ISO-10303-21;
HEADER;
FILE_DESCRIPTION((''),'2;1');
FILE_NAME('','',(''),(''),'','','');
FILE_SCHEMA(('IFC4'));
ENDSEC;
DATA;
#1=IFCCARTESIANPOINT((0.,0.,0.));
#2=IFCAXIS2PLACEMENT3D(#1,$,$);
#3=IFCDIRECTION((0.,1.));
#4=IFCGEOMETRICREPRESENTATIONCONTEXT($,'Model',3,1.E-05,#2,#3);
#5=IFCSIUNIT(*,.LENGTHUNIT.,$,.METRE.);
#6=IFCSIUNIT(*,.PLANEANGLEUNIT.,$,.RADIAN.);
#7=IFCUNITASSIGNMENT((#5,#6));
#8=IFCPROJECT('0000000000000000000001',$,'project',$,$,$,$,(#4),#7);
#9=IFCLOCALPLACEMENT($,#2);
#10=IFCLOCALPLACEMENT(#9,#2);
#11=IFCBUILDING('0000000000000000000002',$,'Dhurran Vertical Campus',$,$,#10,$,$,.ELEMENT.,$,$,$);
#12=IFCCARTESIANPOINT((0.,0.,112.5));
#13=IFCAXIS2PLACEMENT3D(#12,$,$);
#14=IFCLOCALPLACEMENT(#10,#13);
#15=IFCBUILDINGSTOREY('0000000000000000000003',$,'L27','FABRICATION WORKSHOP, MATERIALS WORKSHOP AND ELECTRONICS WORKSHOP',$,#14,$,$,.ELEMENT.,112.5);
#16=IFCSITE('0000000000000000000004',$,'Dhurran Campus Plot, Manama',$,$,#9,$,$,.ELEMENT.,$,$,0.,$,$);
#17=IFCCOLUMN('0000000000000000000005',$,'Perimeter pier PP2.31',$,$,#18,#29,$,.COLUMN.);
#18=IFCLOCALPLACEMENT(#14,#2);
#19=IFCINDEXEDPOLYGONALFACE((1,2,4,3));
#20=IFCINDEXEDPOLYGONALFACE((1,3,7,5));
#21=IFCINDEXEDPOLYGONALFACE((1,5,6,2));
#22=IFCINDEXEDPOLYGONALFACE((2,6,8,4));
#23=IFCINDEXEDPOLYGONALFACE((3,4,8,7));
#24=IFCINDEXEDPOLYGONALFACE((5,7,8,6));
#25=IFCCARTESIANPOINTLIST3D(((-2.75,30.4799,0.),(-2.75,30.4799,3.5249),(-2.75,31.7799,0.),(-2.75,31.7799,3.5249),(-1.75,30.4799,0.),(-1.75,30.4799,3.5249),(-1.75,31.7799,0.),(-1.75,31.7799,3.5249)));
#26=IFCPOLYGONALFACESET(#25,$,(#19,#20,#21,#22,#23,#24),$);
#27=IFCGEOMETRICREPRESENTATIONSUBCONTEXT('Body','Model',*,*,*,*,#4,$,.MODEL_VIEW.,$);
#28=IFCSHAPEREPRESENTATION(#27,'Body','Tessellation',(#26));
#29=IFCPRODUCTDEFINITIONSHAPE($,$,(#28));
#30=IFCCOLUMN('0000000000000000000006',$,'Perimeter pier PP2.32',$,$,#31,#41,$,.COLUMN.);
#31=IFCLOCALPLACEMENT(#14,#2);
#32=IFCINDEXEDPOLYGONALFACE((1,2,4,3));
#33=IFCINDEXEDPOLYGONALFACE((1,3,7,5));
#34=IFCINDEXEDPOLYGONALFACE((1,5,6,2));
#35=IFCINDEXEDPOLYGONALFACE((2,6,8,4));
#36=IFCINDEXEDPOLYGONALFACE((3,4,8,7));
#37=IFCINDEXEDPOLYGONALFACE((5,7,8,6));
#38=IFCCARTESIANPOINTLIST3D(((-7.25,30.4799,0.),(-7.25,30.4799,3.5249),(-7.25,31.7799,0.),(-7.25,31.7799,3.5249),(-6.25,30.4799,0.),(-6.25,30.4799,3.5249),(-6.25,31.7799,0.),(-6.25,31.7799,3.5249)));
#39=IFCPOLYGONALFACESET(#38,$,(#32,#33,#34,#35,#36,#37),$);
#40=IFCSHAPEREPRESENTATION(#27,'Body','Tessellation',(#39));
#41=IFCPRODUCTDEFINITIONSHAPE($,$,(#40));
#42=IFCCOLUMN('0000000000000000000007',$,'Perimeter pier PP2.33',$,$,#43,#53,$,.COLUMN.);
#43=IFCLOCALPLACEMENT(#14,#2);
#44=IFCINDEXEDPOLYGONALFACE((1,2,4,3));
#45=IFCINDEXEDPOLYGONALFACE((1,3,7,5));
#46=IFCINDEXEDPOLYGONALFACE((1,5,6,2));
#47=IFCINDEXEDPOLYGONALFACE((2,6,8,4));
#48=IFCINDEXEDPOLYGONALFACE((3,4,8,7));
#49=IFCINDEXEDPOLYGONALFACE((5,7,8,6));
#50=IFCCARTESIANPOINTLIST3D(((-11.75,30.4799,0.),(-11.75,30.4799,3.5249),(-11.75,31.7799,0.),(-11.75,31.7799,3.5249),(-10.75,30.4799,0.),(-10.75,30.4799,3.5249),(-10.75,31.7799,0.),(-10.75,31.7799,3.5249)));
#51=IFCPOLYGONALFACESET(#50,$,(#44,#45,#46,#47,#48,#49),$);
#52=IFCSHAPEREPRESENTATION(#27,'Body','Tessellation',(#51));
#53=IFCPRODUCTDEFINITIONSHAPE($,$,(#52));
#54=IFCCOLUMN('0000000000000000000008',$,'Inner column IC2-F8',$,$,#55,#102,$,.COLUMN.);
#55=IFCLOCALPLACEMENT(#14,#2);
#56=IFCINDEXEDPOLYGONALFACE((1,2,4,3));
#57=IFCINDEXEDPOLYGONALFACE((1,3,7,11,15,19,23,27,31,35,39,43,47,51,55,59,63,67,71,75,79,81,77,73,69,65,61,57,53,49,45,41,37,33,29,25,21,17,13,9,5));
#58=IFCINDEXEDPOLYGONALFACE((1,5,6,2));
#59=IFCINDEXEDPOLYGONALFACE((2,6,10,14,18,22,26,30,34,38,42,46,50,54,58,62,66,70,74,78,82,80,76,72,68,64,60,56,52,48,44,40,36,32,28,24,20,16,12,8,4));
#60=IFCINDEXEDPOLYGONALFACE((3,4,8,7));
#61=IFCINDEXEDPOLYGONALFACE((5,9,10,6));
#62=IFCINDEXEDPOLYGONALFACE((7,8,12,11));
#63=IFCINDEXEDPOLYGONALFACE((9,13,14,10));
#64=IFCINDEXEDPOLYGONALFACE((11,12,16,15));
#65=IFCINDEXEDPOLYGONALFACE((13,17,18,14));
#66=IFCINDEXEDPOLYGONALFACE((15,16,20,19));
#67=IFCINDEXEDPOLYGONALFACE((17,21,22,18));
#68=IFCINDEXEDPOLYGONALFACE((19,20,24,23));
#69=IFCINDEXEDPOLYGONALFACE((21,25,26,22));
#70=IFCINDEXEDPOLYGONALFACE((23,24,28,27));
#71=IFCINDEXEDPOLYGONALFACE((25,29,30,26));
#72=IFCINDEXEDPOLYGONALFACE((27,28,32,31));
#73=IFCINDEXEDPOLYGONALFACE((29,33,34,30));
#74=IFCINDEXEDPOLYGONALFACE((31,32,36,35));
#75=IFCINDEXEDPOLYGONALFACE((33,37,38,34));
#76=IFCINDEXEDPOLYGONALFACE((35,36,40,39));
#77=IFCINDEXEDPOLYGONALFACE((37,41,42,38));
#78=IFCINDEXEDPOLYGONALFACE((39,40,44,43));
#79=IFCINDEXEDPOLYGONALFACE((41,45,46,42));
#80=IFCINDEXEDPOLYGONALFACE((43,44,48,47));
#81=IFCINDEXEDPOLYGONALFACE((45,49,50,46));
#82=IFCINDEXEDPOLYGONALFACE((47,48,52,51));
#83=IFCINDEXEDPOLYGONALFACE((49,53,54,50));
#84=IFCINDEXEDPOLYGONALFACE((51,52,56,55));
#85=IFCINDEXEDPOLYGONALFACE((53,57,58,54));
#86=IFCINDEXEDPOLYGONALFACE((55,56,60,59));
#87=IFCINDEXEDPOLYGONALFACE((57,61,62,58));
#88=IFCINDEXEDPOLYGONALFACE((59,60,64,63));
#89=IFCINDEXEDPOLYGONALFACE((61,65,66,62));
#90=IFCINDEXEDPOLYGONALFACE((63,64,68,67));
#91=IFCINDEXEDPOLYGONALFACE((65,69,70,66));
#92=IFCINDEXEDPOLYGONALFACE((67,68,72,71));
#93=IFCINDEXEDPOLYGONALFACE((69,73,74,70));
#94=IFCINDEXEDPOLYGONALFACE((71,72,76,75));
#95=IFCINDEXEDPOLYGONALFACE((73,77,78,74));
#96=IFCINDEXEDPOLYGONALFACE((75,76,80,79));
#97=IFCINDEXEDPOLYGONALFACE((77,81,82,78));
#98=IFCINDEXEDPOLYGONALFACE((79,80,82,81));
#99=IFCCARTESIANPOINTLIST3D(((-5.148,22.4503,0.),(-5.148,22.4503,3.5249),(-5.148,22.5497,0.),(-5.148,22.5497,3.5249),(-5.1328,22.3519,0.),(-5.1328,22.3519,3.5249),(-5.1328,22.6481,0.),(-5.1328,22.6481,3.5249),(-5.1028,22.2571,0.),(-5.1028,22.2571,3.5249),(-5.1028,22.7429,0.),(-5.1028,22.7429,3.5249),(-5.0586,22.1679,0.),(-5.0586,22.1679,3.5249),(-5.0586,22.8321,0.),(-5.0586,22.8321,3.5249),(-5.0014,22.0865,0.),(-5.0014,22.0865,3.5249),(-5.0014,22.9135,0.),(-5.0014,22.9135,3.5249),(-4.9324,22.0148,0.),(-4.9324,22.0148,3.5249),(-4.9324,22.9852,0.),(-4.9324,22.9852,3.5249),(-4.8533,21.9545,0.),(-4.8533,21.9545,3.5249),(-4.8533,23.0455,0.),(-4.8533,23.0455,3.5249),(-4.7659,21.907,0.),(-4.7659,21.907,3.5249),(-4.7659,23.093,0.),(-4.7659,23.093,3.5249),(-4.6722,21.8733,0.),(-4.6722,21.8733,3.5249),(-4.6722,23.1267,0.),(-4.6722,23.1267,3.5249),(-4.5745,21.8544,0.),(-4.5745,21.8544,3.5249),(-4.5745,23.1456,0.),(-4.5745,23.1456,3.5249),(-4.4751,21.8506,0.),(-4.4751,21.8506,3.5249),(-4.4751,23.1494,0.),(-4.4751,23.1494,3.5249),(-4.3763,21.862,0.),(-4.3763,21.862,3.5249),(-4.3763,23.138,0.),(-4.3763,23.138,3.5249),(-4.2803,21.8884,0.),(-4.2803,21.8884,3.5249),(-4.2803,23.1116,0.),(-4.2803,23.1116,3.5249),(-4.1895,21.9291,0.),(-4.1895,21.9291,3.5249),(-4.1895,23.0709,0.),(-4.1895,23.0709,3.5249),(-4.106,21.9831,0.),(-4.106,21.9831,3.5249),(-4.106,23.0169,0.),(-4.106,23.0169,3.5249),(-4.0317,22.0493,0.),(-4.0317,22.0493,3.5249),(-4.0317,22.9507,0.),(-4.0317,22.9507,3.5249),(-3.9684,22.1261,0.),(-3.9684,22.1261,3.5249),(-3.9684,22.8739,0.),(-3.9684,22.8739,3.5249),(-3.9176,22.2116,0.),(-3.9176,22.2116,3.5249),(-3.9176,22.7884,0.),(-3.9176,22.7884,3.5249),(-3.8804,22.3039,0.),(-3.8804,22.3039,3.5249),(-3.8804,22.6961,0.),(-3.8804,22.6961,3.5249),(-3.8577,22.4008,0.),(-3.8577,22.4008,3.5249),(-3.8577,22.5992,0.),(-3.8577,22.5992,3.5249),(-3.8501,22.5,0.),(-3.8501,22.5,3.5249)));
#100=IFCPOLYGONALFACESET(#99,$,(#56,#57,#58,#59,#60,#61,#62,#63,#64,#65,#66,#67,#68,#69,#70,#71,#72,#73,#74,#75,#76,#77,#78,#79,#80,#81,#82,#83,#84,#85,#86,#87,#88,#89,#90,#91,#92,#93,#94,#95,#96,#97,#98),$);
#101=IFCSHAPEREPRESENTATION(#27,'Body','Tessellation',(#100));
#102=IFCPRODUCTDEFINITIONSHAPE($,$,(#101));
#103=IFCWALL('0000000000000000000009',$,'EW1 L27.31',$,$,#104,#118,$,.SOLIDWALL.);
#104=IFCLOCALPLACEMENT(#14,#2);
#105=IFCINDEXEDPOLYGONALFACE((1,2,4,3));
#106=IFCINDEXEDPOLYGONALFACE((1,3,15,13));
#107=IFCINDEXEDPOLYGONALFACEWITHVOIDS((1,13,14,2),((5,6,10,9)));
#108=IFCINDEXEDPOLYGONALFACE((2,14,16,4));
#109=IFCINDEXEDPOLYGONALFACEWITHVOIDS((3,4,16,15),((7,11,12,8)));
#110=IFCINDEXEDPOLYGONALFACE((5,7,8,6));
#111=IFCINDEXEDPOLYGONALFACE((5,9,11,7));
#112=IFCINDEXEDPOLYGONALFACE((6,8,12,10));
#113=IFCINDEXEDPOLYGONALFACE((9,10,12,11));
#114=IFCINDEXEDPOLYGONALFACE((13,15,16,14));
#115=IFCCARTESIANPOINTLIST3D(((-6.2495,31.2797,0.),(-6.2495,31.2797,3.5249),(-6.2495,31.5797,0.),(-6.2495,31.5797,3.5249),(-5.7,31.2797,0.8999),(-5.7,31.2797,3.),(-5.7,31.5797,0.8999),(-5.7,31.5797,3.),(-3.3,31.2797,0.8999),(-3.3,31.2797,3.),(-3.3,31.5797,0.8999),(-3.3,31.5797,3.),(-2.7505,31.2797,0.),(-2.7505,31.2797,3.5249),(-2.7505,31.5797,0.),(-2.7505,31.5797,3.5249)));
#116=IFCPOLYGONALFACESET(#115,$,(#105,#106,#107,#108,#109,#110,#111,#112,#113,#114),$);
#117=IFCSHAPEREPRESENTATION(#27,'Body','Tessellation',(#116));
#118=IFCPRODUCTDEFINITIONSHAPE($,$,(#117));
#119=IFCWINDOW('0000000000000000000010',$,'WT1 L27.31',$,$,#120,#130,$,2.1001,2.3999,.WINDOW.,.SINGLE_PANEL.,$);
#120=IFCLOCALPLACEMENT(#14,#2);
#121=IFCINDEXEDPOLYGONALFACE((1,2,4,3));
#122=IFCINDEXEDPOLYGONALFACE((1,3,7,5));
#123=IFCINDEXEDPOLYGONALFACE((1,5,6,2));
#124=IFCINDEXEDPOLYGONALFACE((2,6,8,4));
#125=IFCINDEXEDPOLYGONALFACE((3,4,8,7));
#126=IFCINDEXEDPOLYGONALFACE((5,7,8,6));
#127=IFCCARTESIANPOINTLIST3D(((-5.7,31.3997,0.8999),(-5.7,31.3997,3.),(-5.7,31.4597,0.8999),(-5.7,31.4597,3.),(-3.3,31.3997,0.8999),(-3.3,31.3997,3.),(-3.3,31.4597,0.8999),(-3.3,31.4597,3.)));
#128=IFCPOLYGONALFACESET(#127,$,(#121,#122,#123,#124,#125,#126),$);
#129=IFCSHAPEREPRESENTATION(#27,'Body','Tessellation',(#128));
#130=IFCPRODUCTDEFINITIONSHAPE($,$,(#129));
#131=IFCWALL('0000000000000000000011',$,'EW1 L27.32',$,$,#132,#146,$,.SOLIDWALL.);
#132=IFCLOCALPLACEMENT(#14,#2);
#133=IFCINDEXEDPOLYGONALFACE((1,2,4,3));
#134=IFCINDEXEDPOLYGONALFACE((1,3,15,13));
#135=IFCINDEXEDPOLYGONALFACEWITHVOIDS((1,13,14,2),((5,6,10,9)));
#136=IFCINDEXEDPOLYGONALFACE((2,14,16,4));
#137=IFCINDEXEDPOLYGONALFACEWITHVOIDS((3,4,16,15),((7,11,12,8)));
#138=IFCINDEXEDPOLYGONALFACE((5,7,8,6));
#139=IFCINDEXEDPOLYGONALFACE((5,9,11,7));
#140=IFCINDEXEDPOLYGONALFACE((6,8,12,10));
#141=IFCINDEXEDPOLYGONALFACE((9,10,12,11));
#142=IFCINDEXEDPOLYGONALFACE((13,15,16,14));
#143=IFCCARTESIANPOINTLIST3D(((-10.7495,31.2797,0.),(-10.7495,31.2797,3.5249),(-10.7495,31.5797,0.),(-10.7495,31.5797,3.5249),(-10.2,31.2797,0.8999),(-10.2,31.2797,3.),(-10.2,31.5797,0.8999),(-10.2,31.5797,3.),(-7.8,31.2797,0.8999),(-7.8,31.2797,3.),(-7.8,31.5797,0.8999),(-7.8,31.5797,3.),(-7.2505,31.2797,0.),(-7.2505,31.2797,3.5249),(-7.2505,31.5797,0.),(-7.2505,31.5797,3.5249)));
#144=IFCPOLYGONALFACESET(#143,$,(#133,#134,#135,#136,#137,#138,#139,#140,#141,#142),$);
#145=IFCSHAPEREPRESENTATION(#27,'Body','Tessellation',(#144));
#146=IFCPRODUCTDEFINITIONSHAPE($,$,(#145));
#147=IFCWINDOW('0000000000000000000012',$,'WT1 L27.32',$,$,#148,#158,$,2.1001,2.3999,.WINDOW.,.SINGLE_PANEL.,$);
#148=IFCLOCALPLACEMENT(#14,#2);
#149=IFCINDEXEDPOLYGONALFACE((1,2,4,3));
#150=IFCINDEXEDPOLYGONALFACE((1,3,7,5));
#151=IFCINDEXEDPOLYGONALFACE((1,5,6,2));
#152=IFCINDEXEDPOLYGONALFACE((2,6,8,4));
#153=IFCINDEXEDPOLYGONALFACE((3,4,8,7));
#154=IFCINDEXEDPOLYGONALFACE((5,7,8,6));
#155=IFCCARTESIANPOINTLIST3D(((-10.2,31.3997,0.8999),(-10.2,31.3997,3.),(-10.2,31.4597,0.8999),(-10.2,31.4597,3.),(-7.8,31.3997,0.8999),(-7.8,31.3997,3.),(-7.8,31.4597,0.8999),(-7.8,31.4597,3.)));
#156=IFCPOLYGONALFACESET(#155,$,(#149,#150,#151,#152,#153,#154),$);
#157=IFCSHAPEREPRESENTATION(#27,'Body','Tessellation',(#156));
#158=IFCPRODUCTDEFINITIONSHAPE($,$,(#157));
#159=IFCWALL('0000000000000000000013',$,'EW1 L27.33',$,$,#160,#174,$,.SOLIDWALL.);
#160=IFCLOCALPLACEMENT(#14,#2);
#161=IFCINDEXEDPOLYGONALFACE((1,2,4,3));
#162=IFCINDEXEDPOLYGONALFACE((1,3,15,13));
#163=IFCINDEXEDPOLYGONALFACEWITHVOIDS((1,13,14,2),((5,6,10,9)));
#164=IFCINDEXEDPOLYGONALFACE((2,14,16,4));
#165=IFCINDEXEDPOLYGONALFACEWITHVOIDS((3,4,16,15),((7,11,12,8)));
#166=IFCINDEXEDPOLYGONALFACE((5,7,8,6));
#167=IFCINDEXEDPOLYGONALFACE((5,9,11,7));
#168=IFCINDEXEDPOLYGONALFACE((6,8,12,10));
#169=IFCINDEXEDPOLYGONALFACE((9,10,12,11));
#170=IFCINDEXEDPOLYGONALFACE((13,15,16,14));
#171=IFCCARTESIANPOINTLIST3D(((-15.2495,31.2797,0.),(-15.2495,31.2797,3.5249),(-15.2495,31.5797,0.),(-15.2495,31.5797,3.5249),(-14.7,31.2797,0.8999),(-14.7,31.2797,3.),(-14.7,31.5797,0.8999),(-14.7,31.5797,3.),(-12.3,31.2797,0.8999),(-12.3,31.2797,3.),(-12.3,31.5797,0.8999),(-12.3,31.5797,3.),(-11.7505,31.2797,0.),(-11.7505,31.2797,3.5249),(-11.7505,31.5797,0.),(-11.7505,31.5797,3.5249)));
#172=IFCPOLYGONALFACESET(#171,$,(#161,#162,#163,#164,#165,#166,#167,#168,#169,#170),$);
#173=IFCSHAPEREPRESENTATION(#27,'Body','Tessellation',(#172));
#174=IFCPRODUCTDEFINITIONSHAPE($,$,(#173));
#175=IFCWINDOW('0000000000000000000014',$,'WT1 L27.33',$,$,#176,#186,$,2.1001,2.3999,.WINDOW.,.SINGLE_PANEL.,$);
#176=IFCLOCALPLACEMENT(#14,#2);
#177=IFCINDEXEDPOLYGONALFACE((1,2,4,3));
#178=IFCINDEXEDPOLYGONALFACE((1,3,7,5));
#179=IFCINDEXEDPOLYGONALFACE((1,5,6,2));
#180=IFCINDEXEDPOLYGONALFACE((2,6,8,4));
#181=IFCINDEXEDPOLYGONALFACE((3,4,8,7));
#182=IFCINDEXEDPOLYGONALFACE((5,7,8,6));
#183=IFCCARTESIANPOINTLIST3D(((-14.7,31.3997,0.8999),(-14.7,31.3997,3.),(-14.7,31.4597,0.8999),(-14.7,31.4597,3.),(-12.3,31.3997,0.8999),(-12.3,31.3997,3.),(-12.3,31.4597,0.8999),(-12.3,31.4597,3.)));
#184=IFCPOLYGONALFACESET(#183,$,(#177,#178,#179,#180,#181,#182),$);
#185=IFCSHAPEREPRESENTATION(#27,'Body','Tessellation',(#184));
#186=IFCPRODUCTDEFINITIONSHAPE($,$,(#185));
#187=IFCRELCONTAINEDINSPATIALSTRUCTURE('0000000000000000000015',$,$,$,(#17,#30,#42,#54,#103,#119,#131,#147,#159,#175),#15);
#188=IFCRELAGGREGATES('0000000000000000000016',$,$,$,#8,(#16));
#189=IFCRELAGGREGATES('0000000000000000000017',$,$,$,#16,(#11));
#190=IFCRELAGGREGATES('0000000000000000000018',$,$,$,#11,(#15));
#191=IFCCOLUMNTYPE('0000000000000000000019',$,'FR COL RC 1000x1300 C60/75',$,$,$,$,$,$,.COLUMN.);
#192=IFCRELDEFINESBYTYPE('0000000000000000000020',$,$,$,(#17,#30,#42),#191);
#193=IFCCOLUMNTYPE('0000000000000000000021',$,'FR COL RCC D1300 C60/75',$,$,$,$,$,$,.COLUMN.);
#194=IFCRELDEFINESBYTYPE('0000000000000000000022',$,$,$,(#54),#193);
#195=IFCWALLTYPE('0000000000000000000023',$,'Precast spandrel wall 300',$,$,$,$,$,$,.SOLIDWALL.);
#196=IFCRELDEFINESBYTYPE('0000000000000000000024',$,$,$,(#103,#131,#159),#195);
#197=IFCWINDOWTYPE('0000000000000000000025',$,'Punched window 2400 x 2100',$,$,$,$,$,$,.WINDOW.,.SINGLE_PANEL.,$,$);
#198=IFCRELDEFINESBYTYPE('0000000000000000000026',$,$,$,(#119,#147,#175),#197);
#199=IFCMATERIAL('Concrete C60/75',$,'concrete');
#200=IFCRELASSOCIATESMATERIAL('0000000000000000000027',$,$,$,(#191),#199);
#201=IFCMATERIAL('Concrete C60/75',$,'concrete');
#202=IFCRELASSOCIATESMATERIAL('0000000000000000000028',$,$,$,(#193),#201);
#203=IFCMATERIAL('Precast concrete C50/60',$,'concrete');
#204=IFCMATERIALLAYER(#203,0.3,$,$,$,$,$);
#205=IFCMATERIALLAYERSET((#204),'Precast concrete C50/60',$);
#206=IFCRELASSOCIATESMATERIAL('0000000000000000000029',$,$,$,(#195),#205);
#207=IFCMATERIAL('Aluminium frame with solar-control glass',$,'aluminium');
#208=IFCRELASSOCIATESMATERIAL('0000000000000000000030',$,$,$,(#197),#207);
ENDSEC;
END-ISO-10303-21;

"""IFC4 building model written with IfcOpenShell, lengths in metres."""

from ifc_helpers import new_model, si_unit, direction, frame, frame_2d, origin, origin_2d, place, context, subcontext, project, spatial, rectangle, circle, extrude, material, layer, layer_set, material_profile, profile_set, type_object, element, fill, save


model = new_model("IFC4")

# Units and contexts
model_context = context("Model", 3, precision=1e-05, world=origin(), true_north=direction((0.0, 1.0)))
body_context = subcontext(model_context, "Body", "Model", "MODEL_VIEW")
ifc_project = project(units=[si_unit("LENGTHUNIT", "METRE"), si_unit("PLANEANGLEUNIT", "RADIAN")], contexts=[model_context])

# Site, building, storey
site_placement = place(None, origin())
site = spatial("IfcSite", under=ifc_project, at=site_placement, Name="Dhurran Campus Plot, Manama", CompositionType="ELEMENT", RefElevation=0.0)
building_placement = place(site_placement, origin())
building = spatial("IfcBuilding", under=site, at=building_placement, Name="Dhurran Vertical Campus", CompositionType="ELEMENT")
storey_placement = place(building_placement, frame((0.0, 0.0, 112.5)))
storey = spatial("IfcBuildingStorey", under=building, at=storey_placement, Name="L27", Description="FABRICATION WORKSHOP, MATERIALS WORKSHOP AND ELECTRONICS WORKSHOP", CompositionType="ELEMENT", Elevation=112.5)

# Columns
ifc_material_1 = material(Name="Concrete C60/75", Category="concrete")
ifc_material_profile_1 = material_profile(ifc_material_1, rectangle(XDim=1.0, YDim=1.3, at=origin_2d()), Name="RC 1000x1300")
ifc_profile_set_1 = profile_set([ifc_material_profile_1], Name="Concrete C60/75")
column_type_1 = type_object("IfcColumnType", Name="FR COL RC 1000x1300 C60/75", PredefinedType="COLUMN", material=ifc_profile_set_1)
for number, where, z_axis, x_axis, name in (
    (1, (-2.25, 31.1299, 0.0), (0.0, 0.0, 1.0), (-1.0, 0.0, 0.0), "Perimeter pier PP2.31"),
    (2, (-6.75, 31.1299, 0.0), (0.0, 0.0, 1.0), (-1.0, 0.0, 0.0), "Perimeter pier PP2.32"),
    (3, (-11.25, 31.1299, 0.0), (0.0, 0.0, 1.0), (-1.0, 0.0, 0.0), "Perimeter pier PP2.33"),
):
    element("IfcColumn", number, at=place(storey_placement, frame(where, z_axis=z_axis, x_axis=x_axis)), inside=storey, type_object=column_type_1, Name=name, PredefinedType="COLUMN", context=body_context, shape_type="SweptSolid", body=[
        extrude(rectangle(XDim=1.0, YDim=1.3, at=origin_2d()), origin(), (0.0, 0.0, 1.0), 3.5249),
    ])
ifc_material_2 = material(Name="Concrete C60/75", Category="concrete")
ifc_material_profile_2 = material_profile(ifc_material_2, circle(Radius=0.6499, at=origin_2d()), Name="RCC D1300")
ifc_profile_set_2 = profile_set([ifc_material_profile_2], Name="Concrete C60/75")
column_type_2 = type_object("IfcColumnType", Name="FR COL RCC D1300 C60/75", PredefinedType="COLUMN", material=ifc_profile_set_2)
column_placement = place(storey_placement, frame((-4.5, 22.5, 0.0), z_axis=(0.0, 0.0, 1.0), x_axis=(1.0, 0.0, 0.0)))
element("IfcColumn", 4, at=column_placement, inside=storey, type_object=column_type_2, Name="Inner column IC2-F8", PredefinedType="COLUMN", context=body_context, shape_type="SweptSolid", body=[
    extrude(circle(Radius=0.6499, at=origin_2d()), origin(), (0.0, 0.0, 1.0), 3.5249),
])

# Walls, openings, windows
ifc_material_3 = material(Name="Precast concrete C50/60", Category="concrete")
ifc_layer_1 = layer(ifc_material_3, 0.3)
ifc_layer_set_1 = layer_set([ifc_layer_1], Name="Precast concrete C50/60")
wall_type_1 = type_object("IfcWallType", Name="Precast spandrel wall 300", PredefinedType="SOLIDWALL", material=ifc_layer_set_1)
wall_1_placement = place(storey_placement, frame((-2.7505, 31.4297, 0.0), z_axis=(0.0, 0.0, 1.0), x_axis=(-1.0, 0.0, 0.0)))
wall_1 = element("IfcWall", 5, at=wall_1_placement, inside=storey, type_object=wall_type_1, Name="EW1 L27.31", PredefinedType="SOLIDWALL", context=body_context, shape_type="SweptSolid", body=[
    extrude(rectangle(XDim=3.499, YDim=0.3, at=frame_2d((1.7495, 0.0))), origin(), (0.0, 0.0, 1.0), 3.5249),
])
opening_1_placement = place(wall_1_placement, frame((0.5496, 0.0, 0.8999)))
opening_1 = element("IfcOpeningElement", 6, at=opening_1_placement, cuts=wall_1, PredefinedType="OPENING", context=body_context, shape_type="SweptSolid", body=[
    extrude(rectangle(XDim=2.3999, YDim=2.1001, at=frame_2d((1.2, 1.05))), frame((0.0, 0.1599, 0.0), z_axis=(0.0, -1.0, 0.0), x_axis=(1.0, 0.0, 0.0)), (0.0, 0.0, 1.0), 0.3201),
])
ifc_material_4 = material(Name="Aluminium frame with solar-control glass", Category="aluminium")
window_type = type_object("IfcWindowType", Name="Punched window 2400 x 2100", PartitioningType="SINGLE_PANEL", PredefinedType="WINDOW", material=ifc_material_4)
window_1_placement = place(opening_1_placement, origin())
window_1 = element("IfcWindow", 7, at=window_1_placement, inside=storey, type_object=window_type, Name="WT1 L27.31", OverallHeight=2.1001, OverallWidth=2.3999, PartitioningType="SINGLE_PANEL", PredefinedType="WINDOW", context=body_context, shape_type="SweptSolid", body=[
    extrude(rectangle(XDim=2.3999, YDim=2.1001, at=frame_2d((1.2, 1.05))), frame((0.0, 0.03, 0.0), z_axis=(0.0, -1.0, 0.0), x_axis=(1.0, 0.0, 0.0)), (0.0, 0.0, 1.0), 0.0601),
])
fill(opening_1, window_1)
wall_2_placement = place(storey_placement, frame((-7.2505, 31.4297, 0.0), z_axis=(0.0, 0.0, 1.0), x_axis=(-1.0, 0.0, 0.0)))
wall_2 = element("IfcWall", 8, at=wall_2_placement, inside=storey, type_object=wall_type_1, Name="EW1 L27.32", PredefinedType="SOLIDWALL", context=body_context, shape_type="SweptSolid", body=[
    extrude(rectangle(XDim=3.499, YDim=0.3, at=frame_2d((1.7495, 0.0))), origin(), (0.0, 0.0, 1.0), 3.5249),
])
opening_2_placement = place(wall_2_placement, frame((0.5496, 0.0, 0.8999)))
opening_2 = element("IfcOpeningElement", 9, at=opening_2_placement, cuts=wall_2, PredefinedType="OPENING", context=body_context, shape_type="SweptSolid", body=[
    extrude(rectangle(XDim=2.3999, YDim=2.1001, at=frame_2d((1.2, 1.05))), frame((0.0, 0.1599, 0.0), z_axis=(0.0, -1.0, 0.0), x_axis=(1.0, 0.0, 0.0)), (0.0, 0.0, 1.0), 0.3201),
])
window_2_placement = place(opening_2_placement, origin())
window_2 = element("IfcWindow", 10, at=window_2_placement, inside=storey, type_object=window_type, Name="WT1 L27.32", OverallHeight=2.1001, OverallWidth=2.3999, PartitioningType="SINGLE_PANEL", PredefinedType="WINDOW", context=body_context, shape_type="SweptSolid", body=[
    extrude(rectangle(XDim=2.3999, YDim=2.1001, at=frame_2d((1.2, 1.05))), frame((0.0, 0.03, 0.0), z_axis=(0.0, -1.0, 0.0), x_axis=(1.0, 0.0, 0.0)), (0.0, 0.0, 1.0), 0.0601),
])
fill(opening_2, window_2)
wall_3_placement = place(storey_placement, frame((-11.7505, 31.4297, 0.0), z_axis=(0.0, 0.0, 1.0), x_axis=(-1.0, 0.0, 0.0)))
wall_3 = element("IfcWall", 11, at=wall_3_placement, inside=storey, type_object=wall_type_1, Name="EW1 L27.33", PredefinedType="SOLIDWALL", context=body_context, shape_type="SweptSolid", body=[
    extrude(rectangle(XDim=3.499, YDim=0.3, at=frame_2d((1.7495, 0.0))), origin(), (0.0, 0.0, 1.0), 3.5249),
])
opening_3_placement = place(wall_3_placement, frame((0.5496, 0.0, 0.8999)))
opening_3 = element("IfcOpeningElement", 12, at=opening_3_placement, cuts=wall_3, PredefinedType="OPENING", context=body_context, shape_type="SweptSolid", body=[
    extrude(rectangle(XDim=2.3999, YDim=2.1001, at=frame_2d((1.2, 1.05))), frame((0.0, 0.1599, 0.0), z_axis=(0.0, -1.0, 0.0), x_axis=(1.0, 0.0, 0.0)), (0.0, 0.0, 1.0), 0.3201),
])
window_3_placement = place(opening_3_placement, origin())
window_3 = element("IfcWindow", 13, at=window_3_placement, inside=storey, type_object=window_type, Name="WT1 L27.33", OverallHeight=2.1001, OverallWidth=2.3999, PartitioningType="SINGLE_PANEL", PredefinedType="WINDOW", context=body_context, shape_type="SweptSolid", body=[
    extrude(rectangle(XDim=2.3999, YDim=2.1001, at=frame_2d((1.2, 1.05))), frame((0.0, 0.03, 0.0), z_axis=(0.0, -1.0, 0.0), x_axis=(1.0, 0.0, 0.0)), (0.0, 0.0, 1.0), 0.0601),
])
fill(opening_3, window_3)

save(model, "model.ifc")
